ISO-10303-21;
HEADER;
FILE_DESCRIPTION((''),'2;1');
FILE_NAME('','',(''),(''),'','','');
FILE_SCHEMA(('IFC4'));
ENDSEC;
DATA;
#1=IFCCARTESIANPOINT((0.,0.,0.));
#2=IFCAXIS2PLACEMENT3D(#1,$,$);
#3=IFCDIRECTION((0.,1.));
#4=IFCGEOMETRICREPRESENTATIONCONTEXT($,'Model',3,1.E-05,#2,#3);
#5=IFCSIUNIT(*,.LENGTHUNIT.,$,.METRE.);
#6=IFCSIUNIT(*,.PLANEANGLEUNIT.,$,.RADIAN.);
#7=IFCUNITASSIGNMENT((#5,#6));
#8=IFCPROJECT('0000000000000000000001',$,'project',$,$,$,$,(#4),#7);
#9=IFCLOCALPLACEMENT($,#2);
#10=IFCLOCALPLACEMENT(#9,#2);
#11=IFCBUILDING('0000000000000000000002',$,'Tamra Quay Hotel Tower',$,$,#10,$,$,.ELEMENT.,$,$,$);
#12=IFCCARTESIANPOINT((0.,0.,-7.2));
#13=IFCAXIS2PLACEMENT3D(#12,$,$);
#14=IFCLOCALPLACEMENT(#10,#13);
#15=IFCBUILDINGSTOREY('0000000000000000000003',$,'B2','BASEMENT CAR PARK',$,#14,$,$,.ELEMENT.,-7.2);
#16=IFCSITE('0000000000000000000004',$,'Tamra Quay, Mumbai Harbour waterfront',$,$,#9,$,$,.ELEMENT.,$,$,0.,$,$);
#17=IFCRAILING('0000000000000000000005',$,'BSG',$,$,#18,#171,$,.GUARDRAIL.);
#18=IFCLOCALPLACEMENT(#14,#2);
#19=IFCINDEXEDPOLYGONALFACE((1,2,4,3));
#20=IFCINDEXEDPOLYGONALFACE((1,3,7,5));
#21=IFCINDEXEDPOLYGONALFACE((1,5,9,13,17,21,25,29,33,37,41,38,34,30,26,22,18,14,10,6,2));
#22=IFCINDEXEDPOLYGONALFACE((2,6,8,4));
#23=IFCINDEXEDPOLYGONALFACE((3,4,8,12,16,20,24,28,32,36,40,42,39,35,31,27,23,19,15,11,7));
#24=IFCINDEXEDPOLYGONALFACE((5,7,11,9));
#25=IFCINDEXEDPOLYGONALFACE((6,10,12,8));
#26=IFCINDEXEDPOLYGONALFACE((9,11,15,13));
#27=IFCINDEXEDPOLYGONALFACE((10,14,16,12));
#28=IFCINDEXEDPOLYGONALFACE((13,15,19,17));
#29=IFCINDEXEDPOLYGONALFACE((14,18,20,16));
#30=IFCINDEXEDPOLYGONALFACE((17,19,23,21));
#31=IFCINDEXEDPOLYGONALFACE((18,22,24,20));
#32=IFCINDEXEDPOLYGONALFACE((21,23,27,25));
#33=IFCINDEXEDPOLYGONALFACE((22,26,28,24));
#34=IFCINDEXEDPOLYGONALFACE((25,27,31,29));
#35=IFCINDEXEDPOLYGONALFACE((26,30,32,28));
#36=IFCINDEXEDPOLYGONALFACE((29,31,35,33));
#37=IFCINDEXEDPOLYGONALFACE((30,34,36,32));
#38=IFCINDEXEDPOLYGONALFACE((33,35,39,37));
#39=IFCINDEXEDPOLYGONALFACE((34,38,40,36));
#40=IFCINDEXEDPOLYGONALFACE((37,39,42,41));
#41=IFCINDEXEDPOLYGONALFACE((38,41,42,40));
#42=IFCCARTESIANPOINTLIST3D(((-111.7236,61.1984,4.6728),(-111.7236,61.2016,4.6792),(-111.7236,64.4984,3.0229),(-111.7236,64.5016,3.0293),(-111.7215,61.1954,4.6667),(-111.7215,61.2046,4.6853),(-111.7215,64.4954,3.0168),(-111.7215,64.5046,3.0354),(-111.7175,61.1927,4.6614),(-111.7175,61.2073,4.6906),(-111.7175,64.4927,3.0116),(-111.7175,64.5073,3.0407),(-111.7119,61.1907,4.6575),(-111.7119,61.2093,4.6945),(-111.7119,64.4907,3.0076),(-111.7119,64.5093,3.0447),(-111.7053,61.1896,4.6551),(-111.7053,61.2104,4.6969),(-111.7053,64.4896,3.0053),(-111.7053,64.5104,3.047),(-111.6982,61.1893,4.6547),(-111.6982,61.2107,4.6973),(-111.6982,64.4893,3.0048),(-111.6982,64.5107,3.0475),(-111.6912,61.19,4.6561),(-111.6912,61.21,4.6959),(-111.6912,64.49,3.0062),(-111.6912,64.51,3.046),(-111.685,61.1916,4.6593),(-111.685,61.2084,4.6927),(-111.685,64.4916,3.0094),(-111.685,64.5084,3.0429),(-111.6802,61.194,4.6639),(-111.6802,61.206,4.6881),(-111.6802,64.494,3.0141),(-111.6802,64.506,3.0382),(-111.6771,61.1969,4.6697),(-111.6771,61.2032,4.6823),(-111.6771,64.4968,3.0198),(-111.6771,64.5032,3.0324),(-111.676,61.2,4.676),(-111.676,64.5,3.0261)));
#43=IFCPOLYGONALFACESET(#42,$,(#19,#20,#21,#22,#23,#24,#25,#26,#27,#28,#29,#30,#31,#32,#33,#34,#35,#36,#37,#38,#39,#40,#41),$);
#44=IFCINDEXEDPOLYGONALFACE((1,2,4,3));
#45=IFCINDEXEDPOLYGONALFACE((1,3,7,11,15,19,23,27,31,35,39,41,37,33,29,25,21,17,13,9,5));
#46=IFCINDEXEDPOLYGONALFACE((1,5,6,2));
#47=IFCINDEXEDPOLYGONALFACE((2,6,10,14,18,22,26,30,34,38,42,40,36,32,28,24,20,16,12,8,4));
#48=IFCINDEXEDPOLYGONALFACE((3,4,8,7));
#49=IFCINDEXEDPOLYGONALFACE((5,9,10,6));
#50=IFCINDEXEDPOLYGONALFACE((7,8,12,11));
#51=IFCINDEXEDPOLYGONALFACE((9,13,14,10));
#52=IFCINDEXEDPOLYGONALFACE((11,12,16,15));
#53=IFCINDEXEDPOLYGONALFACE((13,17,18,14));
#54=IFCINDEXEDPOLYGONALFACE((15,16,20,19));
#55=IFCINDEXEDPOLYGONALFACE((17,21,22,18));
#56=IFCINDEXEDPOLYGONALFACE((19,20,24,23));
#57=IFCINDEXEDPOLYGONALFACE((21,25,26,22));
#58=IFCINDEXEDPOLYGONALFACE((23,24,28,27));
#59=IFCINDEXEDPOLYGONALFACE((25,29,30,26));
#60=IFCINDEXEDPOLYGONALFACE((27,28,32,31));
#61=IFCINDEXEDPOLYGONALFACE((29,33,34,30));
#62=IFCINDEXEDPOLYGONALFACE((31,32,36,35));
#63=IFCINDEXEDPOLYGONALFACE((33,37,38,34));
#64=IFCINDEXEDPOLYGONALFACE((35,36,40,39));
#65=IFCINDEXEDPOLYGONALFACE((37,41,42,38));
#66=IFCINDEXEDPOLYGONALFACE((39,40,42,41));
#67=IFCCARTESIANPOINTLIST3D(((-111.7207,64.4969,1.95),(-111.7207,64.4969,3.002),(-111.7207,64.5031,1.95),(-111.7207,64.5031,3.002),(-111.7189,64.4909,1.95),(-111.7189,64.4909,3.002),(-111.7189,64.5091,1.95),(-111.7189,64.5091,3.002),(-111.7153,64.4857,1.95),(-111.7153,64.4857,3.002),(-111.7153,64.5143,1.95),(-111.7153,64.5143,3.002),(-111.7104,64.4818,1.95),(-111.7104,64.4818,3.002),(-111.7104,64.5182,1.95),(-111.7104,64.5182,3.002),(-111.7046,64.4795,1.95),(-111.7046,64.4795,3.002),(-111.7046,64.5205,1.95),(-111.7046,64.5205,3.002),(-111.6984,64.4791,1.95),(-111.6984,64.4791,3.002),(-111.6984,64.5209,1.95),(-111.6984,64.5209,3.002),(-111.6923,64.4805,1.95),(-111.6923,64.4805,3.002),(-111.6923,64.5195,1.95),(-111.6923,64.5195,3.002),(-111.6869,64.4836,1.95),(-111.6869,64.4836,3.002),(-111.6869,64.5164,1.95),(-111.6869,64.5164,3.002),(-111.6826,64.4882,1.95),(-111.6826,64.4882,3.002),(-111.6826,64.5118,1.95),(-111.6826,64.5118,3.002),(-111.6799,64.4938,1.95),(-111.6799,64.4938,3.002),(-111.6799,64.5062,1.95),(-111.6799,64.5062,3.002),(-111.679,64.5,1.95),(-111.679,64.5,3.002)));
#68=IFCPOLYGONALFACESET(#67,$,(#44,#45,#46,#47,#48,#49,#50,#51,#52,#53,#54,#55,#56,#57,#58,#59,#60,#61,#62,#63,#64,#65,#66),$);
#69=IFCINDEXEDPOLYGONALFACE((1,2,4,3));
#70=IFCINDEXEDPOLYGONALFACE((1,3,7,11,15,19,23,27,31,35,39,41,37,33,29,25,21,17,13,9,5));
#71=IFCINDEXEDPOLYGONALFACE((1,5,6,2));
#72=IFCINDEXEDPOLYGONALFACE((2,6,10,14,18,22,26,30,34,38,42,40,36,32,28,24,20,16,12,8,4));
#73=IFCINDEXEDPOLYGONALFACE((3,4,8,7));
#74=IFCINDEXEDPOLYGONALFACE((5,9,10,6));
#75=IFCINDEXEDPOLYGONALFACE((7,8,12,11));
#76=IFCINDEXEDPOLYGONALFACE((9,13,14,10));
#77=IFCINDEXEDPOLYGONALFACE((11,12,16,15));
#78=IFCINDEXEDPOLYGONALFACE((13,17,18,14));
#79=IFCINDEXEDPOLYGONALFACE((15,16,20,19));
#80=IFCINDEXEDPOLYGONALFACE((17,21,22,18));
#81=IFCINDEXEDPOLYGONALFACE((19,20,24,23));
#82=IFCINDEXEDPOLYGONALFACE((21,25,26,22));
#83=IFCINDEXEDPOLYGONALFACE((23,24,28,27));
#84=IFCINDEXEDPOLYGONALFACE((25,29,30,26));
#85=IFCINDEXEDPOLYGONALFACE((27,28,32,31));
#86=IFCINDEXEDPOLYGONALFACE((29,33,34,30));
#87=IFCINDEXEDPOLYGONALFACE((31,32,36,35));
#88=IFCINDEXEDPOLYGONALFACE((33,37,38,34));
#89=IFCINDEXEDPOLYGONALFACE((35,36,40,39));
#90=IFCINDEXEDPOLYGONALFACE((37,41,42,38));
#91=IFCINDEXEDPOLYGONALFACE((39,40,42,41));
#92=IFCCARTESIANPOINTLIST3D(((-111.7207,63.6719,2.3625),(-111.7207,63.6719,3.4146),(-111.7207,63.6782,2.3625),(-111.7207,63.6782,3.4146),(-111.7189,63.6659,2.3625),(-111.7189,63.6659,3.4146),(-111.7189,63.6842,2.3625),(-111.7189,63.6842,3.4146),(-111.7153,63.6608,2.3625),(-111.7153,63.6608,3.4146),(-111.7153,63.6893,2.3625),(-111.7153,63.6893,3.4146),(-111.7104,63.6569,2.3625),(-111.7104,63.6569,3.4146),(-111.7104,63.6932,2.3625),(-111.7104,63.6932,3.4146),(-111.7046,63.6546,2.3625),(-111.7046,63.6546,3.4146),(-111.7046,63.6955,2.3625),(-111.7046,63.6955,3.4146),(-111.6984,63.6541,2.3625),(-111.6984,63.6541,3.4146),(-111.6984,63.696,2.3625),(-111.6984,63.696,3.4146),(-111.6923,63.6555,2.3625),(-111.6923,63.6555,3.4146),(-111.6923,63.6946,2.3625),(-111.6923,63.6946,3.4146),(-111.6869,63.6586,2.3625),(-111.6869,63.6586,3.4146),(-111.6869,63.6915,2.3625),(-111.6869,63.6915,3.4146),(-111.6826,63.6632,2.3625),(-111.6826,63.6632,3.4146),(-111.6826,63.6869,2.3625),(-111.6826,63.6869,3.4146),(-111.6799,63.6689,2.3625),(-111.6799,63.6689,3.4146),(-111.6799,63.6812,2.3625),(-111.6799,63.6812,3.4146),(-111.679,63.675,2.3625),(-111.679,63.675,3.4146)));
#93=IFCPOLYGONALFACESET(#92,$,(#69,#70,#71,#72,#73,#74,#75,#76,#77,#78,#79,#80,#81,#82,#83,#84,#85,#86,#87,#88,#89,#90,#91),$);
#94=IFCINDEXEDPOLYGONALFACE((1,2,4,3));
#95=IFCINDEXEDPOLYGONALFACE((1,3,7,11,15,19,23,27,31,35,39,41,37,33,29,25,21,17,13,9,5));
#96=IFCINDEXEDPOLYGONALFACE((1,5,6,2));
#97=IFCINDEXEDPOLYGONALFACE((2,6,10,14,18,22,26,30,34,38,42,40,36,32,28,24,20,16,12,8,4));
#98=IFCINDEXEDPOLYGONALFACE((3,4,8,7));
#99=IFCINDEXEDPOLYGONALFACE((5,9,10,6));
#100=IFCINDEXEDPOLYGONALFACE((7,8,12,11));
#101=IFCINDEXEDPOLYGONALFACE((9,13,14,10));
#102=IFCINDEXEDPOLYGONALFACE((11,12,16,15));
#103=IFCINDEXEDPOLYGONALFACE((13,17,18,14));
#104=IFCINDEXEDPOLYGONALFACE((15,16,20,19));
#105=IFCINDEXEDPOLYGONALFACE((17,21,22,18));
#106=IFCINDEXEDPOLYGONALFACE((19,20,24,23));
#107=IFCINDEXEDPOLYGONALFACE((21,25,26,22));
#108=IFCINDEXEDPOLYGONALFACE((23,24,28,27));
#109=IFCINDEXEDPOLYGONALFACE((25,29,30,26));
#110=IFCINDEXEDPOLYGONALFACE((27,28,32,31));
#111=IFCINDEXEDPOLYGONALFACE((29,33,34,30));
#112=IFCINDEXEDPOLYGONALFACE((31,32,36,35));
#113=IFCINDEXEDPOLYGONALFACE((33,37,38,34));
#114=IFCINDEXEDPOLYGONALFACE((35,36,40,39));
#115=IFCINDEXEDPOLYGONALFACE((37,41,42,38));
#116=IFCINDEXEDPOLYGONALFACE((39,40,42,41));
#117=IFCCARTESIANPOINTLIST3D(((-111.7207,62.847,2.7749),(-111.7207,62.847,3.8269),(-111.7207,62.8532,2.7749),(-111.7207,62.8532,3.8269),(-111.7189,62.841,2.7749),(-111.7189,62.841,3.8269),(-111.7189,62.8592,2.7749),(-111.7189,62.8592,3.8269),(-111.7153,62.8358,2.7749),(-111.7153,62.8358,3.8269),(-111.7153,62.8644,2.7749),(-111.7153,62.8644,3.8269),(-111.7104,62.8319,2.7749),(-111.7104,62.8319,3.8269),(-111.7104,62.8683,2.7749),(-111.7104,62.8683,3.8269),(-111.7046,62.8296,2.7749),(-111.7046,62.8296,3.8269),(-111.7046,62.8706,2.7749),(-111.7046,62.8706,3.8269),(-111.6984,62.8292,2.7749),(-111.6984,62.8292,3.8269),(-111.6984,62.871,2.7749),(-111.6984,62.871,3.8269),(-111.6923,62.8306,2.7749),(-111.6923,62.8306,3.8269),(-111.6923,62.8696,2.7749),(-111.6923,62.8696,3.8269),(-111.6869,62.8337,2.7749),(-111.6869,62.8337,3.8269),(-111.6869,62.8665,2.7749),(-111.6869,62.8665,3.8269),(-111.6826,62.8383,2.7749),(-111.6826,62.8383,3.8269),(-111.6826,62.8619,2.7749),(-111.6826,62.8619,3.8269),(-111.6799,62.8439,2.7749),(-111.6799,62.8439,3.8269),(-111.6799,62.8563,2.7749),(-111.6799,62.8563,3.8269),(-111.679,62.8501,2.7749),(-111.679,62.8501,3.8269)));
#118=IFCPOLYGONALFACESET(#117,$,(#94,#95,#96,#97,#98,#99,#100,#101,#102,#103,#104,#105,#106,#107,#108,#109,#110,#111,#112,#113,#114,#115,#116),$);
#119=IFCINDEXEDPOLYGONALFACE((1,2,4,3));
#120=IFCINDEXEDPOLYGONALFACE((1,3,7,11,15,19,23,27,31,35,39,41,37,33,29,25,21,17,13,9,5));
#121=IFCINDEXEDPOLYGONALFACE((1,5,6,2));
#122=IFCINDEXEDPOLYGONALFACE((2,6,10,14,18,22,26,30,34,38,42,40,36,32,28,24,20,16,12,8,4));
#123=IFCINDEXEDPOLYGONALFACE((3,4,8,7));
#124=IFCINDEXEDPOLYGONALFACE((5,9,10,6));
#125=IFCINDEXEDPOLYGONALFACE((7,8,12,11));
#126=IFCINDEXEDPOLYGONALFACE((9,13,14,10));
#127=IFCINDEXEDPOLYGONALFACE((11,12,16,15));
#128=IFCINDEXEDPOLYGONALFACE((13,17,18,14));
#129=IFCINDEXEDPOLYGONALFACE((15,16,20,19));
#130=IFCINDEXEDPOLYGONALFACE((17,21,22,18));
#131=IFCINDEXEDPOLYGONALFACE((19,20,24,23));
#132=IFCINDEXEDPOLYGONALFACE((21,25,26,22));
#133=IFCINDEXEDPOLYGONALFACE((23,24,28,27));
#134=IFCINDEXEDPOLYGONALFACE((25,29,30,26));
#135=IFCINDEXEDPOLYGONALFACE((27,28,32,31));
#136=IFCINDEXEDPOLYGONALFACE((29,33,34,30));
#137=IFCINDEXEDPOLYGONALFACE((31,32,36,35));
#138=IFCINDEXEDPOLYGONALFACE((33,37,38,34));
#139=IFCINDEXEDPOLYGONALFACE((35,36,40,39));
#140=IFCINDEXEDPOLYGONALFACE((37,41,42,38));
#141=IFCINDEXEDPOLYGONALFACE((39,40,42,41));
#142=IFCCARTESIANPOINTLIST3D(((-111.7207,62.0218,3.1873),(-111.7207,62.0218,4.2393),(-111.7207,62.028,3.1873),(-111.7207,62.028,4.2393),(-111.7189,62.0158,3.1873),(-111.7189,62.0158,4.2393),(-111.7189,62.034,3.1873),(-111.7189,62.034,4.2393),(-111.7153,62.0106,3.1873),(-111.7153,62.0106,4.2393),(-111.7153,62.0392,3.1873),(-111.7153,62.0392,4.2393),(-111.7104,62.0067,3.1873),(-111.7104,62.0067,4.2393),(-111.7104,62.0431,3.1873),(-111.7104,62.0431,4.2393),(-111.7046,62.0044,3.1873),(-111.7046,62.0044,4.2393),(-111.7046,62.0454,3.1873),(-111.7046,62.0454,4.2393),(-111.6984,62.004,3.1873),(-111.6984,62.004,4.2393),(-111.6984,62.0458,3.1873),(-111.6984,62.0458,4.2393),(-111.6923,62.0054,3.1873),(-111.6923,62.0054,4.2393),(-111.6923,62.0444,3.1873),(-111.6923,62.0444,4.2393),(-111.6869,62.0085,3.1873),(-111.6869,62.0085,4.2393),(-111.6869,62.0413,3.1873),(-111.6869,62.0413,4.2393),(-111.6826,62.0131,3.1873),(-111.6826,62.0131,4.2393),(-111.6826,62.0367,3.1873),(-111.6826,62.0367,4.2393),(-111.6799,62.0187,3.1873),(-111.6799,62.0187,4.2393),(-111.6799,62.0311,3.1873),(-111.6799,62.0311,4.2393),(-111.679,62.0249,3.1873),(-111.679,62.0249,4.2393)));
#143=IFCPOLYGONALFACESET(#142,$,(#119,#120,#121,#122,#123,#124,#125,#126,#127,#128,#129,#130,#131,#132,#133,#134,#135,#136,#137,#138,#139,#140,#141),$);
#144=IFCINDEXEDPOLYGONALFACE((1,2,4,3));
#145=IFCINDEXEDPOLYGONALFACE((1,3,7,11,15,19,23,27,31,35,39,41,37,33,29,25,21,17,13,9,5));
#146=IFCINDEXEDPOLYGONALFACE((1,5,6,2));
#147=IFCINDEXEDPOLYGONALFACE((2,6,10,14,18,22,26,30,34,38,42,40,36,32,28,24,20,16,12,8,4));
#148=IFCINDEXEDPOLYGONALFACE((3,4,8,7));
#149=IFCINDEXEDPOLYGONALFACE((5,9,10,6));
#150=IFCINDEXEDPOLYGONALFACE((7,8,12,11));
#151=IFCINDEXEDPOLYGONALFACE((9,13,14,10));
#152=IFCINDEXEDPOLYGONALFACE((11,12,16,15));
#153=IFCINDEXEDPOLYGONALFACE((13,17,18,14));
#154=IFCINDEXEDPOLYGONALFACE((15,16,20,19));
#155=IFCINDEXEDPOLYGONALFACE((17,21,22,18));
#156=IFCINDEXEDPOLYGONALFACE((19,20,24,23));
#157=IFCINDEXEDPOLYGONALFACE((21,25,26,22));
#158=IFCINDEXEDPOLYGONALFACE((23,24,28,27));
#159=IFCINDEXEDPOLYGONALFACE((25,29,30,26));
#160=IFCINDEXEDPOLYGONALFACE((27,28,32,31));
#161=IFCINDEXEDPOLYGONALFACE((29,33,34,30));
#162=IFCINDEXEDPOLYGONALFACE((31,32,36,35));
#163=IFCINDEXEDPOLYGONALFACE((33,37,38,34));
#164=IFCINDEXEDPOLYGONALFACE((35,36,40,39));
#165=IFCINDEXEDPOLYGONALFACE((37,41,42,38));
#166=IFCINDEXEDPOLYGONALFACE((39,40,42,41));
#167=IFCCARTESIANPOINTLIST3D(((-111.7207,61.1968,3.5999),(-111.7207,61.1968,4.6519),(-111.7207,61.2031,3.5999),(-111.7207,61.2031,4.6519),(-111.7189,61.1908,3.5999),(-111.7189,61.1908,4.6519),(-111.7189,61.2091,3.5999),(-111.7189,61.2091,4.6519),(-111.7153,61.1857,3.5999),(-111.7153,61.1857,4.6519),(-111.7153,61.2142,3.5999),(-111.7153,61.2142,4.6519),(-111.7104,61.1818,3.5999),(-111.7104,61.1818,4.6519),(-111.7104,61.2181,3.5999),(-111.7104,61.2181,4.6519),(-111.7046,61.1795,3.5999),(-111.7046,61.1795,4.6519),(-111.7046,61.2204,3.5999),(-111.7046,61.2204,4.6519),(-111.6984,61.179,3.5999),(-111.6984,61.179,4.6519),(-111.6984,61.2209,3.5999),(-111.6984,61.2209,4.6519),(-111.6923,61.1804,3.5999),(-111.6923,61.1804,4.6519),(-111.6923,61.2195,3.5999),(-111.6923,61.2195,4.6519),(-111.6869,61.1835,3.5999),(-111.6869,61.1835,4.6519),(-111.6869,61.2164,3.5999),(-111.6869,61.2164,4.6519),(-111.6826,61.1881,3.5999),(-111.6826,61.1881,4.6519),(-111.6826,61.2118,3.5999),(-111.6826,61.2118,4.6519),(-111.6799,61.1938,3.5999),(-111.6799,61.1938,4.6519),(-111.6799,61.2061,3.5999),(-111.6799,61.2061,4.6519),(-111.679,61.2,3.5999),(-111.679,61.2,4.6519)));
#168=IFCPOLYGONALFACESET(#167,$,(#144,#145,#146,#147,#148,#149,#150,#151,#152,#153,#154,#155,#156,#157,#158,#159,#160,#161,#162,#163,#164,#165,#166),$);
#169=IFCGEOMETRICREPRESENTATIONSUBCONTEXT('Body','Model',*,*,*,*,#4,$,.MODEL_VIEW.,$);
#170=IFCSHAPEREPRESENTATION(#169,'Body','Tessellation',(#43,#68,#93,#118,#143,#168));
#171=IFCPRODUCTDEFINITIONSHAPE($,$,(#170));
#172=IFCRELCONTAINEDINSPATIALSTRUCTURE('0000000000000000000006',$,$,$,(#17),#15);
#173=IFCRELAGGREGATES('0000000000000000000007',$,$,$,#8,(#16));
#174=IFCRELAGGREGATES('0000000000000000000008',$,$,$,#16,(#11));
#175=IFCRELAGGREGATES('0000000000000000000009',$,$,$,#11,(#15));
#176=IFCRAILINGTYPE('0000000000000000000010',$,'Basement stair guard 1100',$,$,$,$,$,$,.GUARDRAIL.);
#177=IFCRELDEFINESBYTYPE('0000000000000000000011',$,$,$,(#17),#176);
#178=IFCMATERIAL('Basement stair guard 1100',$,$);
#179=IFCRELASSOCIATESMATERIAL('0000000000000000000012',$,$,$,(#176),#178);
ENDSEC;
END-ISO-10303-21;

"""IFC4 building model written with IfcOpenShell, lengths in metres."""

from ifc_helpers import new_model, si_unit, direction, frame, origin, origin_2d, place, context, subcontext, project, spatial, circle, extrude, material, type_object, element, save


model = new_model("IFC4")

# Units and contexts
model_context = context("Model", 3, precision=1e-05, world=origin(), true_north=direction((0.0, 1.0)))
body_context = subcontext(model_context, "Body", "Model", "MODEL_VIEW")
ifc_project = project(units=[si_unit("LENGTHUNIT", "METRE"), si_unit("PLANEANGLEUNIT", "RADIAN")], contexts=[model_context])

# Site, building, storey
site_placement = place(None, origin())
site = spatial("IfcSite", under=ifc_project, at=site_placement, Name="Tamra Quay, Mumbai Harbour waterfront", CompositionType="ELEMENT", RefElevation=0.0)
building_placement = place(site_placement, origin())
building = spatial("IfcBuilding", under=site, at=building_placement, Name="Tamra Quay Hotel Tower", CompositionType="ELEMENT")
storey_placement = place(building_placement, frame((0.0, 0.0, -7.2)))
storey = spatial("IfcBuildingStorey", under=building, at=storey_placement, Name="B2", Description="BASEMENT CAR PARK", CompositionType="ELEMENT", Elevation=-7.2)

# Railing
ifc_material_1 = material(Name="Basement stair guard 1100")
railing_type_1 = type_object("IfcRailingType", Name="Basement stair guard 1100", PredefinedType="GUARDRAIL", material=ifc_material_1)
railing_1_placement = place(storey_placement, frame((-111.7, 64.5, 1.95)))
element("IfcRailing", 1, at=railing_1_placement, inside=storey, type_object=railing_type_1, Name="BSG", PredefinedType="GUARDRAIL", context=body_context, shape_type="SweptSolid", body=[
    extrude(circle(Radius=0.0239, at=origin_2d()), frame((0.0, 0.0, 1.0762), z_axis=(0.0, -0.89444, 0.447187), x_axis=(1.0, 0.0, 0.0)), (0.0, 0.0, 1.0), 3.6895),
    extrude(circle(Radius=0.021, at=origin_2d()), origin(), (0.0, 0.0, 1.0), 1.052),
    extrude(circle(Radius=0.021, at=origin_2d()), frame((0.0, -0.825, 0.4126)), (0.0, 0.0, 1.0), 1.052),
    extrude(circle(Radius=0.021, at=origin_2d()), frame((0.0, -1.6499, 0.825)), (0.0, 0.0, 1.0), 1.052),
    extrude(circle(Radius=0.021, at=origin_2d()), frame((0.0, -2.4751, 1.2373)), (0.0, 0.0, 1.0), 1.052),
    extrude(circle(Radius=0.021, at=origin_2d()), frame((0.0, -3.3, 1.6499)), (0.0, 0.0, 1.0), 1.052),
])

save(model, "model.ifc")
